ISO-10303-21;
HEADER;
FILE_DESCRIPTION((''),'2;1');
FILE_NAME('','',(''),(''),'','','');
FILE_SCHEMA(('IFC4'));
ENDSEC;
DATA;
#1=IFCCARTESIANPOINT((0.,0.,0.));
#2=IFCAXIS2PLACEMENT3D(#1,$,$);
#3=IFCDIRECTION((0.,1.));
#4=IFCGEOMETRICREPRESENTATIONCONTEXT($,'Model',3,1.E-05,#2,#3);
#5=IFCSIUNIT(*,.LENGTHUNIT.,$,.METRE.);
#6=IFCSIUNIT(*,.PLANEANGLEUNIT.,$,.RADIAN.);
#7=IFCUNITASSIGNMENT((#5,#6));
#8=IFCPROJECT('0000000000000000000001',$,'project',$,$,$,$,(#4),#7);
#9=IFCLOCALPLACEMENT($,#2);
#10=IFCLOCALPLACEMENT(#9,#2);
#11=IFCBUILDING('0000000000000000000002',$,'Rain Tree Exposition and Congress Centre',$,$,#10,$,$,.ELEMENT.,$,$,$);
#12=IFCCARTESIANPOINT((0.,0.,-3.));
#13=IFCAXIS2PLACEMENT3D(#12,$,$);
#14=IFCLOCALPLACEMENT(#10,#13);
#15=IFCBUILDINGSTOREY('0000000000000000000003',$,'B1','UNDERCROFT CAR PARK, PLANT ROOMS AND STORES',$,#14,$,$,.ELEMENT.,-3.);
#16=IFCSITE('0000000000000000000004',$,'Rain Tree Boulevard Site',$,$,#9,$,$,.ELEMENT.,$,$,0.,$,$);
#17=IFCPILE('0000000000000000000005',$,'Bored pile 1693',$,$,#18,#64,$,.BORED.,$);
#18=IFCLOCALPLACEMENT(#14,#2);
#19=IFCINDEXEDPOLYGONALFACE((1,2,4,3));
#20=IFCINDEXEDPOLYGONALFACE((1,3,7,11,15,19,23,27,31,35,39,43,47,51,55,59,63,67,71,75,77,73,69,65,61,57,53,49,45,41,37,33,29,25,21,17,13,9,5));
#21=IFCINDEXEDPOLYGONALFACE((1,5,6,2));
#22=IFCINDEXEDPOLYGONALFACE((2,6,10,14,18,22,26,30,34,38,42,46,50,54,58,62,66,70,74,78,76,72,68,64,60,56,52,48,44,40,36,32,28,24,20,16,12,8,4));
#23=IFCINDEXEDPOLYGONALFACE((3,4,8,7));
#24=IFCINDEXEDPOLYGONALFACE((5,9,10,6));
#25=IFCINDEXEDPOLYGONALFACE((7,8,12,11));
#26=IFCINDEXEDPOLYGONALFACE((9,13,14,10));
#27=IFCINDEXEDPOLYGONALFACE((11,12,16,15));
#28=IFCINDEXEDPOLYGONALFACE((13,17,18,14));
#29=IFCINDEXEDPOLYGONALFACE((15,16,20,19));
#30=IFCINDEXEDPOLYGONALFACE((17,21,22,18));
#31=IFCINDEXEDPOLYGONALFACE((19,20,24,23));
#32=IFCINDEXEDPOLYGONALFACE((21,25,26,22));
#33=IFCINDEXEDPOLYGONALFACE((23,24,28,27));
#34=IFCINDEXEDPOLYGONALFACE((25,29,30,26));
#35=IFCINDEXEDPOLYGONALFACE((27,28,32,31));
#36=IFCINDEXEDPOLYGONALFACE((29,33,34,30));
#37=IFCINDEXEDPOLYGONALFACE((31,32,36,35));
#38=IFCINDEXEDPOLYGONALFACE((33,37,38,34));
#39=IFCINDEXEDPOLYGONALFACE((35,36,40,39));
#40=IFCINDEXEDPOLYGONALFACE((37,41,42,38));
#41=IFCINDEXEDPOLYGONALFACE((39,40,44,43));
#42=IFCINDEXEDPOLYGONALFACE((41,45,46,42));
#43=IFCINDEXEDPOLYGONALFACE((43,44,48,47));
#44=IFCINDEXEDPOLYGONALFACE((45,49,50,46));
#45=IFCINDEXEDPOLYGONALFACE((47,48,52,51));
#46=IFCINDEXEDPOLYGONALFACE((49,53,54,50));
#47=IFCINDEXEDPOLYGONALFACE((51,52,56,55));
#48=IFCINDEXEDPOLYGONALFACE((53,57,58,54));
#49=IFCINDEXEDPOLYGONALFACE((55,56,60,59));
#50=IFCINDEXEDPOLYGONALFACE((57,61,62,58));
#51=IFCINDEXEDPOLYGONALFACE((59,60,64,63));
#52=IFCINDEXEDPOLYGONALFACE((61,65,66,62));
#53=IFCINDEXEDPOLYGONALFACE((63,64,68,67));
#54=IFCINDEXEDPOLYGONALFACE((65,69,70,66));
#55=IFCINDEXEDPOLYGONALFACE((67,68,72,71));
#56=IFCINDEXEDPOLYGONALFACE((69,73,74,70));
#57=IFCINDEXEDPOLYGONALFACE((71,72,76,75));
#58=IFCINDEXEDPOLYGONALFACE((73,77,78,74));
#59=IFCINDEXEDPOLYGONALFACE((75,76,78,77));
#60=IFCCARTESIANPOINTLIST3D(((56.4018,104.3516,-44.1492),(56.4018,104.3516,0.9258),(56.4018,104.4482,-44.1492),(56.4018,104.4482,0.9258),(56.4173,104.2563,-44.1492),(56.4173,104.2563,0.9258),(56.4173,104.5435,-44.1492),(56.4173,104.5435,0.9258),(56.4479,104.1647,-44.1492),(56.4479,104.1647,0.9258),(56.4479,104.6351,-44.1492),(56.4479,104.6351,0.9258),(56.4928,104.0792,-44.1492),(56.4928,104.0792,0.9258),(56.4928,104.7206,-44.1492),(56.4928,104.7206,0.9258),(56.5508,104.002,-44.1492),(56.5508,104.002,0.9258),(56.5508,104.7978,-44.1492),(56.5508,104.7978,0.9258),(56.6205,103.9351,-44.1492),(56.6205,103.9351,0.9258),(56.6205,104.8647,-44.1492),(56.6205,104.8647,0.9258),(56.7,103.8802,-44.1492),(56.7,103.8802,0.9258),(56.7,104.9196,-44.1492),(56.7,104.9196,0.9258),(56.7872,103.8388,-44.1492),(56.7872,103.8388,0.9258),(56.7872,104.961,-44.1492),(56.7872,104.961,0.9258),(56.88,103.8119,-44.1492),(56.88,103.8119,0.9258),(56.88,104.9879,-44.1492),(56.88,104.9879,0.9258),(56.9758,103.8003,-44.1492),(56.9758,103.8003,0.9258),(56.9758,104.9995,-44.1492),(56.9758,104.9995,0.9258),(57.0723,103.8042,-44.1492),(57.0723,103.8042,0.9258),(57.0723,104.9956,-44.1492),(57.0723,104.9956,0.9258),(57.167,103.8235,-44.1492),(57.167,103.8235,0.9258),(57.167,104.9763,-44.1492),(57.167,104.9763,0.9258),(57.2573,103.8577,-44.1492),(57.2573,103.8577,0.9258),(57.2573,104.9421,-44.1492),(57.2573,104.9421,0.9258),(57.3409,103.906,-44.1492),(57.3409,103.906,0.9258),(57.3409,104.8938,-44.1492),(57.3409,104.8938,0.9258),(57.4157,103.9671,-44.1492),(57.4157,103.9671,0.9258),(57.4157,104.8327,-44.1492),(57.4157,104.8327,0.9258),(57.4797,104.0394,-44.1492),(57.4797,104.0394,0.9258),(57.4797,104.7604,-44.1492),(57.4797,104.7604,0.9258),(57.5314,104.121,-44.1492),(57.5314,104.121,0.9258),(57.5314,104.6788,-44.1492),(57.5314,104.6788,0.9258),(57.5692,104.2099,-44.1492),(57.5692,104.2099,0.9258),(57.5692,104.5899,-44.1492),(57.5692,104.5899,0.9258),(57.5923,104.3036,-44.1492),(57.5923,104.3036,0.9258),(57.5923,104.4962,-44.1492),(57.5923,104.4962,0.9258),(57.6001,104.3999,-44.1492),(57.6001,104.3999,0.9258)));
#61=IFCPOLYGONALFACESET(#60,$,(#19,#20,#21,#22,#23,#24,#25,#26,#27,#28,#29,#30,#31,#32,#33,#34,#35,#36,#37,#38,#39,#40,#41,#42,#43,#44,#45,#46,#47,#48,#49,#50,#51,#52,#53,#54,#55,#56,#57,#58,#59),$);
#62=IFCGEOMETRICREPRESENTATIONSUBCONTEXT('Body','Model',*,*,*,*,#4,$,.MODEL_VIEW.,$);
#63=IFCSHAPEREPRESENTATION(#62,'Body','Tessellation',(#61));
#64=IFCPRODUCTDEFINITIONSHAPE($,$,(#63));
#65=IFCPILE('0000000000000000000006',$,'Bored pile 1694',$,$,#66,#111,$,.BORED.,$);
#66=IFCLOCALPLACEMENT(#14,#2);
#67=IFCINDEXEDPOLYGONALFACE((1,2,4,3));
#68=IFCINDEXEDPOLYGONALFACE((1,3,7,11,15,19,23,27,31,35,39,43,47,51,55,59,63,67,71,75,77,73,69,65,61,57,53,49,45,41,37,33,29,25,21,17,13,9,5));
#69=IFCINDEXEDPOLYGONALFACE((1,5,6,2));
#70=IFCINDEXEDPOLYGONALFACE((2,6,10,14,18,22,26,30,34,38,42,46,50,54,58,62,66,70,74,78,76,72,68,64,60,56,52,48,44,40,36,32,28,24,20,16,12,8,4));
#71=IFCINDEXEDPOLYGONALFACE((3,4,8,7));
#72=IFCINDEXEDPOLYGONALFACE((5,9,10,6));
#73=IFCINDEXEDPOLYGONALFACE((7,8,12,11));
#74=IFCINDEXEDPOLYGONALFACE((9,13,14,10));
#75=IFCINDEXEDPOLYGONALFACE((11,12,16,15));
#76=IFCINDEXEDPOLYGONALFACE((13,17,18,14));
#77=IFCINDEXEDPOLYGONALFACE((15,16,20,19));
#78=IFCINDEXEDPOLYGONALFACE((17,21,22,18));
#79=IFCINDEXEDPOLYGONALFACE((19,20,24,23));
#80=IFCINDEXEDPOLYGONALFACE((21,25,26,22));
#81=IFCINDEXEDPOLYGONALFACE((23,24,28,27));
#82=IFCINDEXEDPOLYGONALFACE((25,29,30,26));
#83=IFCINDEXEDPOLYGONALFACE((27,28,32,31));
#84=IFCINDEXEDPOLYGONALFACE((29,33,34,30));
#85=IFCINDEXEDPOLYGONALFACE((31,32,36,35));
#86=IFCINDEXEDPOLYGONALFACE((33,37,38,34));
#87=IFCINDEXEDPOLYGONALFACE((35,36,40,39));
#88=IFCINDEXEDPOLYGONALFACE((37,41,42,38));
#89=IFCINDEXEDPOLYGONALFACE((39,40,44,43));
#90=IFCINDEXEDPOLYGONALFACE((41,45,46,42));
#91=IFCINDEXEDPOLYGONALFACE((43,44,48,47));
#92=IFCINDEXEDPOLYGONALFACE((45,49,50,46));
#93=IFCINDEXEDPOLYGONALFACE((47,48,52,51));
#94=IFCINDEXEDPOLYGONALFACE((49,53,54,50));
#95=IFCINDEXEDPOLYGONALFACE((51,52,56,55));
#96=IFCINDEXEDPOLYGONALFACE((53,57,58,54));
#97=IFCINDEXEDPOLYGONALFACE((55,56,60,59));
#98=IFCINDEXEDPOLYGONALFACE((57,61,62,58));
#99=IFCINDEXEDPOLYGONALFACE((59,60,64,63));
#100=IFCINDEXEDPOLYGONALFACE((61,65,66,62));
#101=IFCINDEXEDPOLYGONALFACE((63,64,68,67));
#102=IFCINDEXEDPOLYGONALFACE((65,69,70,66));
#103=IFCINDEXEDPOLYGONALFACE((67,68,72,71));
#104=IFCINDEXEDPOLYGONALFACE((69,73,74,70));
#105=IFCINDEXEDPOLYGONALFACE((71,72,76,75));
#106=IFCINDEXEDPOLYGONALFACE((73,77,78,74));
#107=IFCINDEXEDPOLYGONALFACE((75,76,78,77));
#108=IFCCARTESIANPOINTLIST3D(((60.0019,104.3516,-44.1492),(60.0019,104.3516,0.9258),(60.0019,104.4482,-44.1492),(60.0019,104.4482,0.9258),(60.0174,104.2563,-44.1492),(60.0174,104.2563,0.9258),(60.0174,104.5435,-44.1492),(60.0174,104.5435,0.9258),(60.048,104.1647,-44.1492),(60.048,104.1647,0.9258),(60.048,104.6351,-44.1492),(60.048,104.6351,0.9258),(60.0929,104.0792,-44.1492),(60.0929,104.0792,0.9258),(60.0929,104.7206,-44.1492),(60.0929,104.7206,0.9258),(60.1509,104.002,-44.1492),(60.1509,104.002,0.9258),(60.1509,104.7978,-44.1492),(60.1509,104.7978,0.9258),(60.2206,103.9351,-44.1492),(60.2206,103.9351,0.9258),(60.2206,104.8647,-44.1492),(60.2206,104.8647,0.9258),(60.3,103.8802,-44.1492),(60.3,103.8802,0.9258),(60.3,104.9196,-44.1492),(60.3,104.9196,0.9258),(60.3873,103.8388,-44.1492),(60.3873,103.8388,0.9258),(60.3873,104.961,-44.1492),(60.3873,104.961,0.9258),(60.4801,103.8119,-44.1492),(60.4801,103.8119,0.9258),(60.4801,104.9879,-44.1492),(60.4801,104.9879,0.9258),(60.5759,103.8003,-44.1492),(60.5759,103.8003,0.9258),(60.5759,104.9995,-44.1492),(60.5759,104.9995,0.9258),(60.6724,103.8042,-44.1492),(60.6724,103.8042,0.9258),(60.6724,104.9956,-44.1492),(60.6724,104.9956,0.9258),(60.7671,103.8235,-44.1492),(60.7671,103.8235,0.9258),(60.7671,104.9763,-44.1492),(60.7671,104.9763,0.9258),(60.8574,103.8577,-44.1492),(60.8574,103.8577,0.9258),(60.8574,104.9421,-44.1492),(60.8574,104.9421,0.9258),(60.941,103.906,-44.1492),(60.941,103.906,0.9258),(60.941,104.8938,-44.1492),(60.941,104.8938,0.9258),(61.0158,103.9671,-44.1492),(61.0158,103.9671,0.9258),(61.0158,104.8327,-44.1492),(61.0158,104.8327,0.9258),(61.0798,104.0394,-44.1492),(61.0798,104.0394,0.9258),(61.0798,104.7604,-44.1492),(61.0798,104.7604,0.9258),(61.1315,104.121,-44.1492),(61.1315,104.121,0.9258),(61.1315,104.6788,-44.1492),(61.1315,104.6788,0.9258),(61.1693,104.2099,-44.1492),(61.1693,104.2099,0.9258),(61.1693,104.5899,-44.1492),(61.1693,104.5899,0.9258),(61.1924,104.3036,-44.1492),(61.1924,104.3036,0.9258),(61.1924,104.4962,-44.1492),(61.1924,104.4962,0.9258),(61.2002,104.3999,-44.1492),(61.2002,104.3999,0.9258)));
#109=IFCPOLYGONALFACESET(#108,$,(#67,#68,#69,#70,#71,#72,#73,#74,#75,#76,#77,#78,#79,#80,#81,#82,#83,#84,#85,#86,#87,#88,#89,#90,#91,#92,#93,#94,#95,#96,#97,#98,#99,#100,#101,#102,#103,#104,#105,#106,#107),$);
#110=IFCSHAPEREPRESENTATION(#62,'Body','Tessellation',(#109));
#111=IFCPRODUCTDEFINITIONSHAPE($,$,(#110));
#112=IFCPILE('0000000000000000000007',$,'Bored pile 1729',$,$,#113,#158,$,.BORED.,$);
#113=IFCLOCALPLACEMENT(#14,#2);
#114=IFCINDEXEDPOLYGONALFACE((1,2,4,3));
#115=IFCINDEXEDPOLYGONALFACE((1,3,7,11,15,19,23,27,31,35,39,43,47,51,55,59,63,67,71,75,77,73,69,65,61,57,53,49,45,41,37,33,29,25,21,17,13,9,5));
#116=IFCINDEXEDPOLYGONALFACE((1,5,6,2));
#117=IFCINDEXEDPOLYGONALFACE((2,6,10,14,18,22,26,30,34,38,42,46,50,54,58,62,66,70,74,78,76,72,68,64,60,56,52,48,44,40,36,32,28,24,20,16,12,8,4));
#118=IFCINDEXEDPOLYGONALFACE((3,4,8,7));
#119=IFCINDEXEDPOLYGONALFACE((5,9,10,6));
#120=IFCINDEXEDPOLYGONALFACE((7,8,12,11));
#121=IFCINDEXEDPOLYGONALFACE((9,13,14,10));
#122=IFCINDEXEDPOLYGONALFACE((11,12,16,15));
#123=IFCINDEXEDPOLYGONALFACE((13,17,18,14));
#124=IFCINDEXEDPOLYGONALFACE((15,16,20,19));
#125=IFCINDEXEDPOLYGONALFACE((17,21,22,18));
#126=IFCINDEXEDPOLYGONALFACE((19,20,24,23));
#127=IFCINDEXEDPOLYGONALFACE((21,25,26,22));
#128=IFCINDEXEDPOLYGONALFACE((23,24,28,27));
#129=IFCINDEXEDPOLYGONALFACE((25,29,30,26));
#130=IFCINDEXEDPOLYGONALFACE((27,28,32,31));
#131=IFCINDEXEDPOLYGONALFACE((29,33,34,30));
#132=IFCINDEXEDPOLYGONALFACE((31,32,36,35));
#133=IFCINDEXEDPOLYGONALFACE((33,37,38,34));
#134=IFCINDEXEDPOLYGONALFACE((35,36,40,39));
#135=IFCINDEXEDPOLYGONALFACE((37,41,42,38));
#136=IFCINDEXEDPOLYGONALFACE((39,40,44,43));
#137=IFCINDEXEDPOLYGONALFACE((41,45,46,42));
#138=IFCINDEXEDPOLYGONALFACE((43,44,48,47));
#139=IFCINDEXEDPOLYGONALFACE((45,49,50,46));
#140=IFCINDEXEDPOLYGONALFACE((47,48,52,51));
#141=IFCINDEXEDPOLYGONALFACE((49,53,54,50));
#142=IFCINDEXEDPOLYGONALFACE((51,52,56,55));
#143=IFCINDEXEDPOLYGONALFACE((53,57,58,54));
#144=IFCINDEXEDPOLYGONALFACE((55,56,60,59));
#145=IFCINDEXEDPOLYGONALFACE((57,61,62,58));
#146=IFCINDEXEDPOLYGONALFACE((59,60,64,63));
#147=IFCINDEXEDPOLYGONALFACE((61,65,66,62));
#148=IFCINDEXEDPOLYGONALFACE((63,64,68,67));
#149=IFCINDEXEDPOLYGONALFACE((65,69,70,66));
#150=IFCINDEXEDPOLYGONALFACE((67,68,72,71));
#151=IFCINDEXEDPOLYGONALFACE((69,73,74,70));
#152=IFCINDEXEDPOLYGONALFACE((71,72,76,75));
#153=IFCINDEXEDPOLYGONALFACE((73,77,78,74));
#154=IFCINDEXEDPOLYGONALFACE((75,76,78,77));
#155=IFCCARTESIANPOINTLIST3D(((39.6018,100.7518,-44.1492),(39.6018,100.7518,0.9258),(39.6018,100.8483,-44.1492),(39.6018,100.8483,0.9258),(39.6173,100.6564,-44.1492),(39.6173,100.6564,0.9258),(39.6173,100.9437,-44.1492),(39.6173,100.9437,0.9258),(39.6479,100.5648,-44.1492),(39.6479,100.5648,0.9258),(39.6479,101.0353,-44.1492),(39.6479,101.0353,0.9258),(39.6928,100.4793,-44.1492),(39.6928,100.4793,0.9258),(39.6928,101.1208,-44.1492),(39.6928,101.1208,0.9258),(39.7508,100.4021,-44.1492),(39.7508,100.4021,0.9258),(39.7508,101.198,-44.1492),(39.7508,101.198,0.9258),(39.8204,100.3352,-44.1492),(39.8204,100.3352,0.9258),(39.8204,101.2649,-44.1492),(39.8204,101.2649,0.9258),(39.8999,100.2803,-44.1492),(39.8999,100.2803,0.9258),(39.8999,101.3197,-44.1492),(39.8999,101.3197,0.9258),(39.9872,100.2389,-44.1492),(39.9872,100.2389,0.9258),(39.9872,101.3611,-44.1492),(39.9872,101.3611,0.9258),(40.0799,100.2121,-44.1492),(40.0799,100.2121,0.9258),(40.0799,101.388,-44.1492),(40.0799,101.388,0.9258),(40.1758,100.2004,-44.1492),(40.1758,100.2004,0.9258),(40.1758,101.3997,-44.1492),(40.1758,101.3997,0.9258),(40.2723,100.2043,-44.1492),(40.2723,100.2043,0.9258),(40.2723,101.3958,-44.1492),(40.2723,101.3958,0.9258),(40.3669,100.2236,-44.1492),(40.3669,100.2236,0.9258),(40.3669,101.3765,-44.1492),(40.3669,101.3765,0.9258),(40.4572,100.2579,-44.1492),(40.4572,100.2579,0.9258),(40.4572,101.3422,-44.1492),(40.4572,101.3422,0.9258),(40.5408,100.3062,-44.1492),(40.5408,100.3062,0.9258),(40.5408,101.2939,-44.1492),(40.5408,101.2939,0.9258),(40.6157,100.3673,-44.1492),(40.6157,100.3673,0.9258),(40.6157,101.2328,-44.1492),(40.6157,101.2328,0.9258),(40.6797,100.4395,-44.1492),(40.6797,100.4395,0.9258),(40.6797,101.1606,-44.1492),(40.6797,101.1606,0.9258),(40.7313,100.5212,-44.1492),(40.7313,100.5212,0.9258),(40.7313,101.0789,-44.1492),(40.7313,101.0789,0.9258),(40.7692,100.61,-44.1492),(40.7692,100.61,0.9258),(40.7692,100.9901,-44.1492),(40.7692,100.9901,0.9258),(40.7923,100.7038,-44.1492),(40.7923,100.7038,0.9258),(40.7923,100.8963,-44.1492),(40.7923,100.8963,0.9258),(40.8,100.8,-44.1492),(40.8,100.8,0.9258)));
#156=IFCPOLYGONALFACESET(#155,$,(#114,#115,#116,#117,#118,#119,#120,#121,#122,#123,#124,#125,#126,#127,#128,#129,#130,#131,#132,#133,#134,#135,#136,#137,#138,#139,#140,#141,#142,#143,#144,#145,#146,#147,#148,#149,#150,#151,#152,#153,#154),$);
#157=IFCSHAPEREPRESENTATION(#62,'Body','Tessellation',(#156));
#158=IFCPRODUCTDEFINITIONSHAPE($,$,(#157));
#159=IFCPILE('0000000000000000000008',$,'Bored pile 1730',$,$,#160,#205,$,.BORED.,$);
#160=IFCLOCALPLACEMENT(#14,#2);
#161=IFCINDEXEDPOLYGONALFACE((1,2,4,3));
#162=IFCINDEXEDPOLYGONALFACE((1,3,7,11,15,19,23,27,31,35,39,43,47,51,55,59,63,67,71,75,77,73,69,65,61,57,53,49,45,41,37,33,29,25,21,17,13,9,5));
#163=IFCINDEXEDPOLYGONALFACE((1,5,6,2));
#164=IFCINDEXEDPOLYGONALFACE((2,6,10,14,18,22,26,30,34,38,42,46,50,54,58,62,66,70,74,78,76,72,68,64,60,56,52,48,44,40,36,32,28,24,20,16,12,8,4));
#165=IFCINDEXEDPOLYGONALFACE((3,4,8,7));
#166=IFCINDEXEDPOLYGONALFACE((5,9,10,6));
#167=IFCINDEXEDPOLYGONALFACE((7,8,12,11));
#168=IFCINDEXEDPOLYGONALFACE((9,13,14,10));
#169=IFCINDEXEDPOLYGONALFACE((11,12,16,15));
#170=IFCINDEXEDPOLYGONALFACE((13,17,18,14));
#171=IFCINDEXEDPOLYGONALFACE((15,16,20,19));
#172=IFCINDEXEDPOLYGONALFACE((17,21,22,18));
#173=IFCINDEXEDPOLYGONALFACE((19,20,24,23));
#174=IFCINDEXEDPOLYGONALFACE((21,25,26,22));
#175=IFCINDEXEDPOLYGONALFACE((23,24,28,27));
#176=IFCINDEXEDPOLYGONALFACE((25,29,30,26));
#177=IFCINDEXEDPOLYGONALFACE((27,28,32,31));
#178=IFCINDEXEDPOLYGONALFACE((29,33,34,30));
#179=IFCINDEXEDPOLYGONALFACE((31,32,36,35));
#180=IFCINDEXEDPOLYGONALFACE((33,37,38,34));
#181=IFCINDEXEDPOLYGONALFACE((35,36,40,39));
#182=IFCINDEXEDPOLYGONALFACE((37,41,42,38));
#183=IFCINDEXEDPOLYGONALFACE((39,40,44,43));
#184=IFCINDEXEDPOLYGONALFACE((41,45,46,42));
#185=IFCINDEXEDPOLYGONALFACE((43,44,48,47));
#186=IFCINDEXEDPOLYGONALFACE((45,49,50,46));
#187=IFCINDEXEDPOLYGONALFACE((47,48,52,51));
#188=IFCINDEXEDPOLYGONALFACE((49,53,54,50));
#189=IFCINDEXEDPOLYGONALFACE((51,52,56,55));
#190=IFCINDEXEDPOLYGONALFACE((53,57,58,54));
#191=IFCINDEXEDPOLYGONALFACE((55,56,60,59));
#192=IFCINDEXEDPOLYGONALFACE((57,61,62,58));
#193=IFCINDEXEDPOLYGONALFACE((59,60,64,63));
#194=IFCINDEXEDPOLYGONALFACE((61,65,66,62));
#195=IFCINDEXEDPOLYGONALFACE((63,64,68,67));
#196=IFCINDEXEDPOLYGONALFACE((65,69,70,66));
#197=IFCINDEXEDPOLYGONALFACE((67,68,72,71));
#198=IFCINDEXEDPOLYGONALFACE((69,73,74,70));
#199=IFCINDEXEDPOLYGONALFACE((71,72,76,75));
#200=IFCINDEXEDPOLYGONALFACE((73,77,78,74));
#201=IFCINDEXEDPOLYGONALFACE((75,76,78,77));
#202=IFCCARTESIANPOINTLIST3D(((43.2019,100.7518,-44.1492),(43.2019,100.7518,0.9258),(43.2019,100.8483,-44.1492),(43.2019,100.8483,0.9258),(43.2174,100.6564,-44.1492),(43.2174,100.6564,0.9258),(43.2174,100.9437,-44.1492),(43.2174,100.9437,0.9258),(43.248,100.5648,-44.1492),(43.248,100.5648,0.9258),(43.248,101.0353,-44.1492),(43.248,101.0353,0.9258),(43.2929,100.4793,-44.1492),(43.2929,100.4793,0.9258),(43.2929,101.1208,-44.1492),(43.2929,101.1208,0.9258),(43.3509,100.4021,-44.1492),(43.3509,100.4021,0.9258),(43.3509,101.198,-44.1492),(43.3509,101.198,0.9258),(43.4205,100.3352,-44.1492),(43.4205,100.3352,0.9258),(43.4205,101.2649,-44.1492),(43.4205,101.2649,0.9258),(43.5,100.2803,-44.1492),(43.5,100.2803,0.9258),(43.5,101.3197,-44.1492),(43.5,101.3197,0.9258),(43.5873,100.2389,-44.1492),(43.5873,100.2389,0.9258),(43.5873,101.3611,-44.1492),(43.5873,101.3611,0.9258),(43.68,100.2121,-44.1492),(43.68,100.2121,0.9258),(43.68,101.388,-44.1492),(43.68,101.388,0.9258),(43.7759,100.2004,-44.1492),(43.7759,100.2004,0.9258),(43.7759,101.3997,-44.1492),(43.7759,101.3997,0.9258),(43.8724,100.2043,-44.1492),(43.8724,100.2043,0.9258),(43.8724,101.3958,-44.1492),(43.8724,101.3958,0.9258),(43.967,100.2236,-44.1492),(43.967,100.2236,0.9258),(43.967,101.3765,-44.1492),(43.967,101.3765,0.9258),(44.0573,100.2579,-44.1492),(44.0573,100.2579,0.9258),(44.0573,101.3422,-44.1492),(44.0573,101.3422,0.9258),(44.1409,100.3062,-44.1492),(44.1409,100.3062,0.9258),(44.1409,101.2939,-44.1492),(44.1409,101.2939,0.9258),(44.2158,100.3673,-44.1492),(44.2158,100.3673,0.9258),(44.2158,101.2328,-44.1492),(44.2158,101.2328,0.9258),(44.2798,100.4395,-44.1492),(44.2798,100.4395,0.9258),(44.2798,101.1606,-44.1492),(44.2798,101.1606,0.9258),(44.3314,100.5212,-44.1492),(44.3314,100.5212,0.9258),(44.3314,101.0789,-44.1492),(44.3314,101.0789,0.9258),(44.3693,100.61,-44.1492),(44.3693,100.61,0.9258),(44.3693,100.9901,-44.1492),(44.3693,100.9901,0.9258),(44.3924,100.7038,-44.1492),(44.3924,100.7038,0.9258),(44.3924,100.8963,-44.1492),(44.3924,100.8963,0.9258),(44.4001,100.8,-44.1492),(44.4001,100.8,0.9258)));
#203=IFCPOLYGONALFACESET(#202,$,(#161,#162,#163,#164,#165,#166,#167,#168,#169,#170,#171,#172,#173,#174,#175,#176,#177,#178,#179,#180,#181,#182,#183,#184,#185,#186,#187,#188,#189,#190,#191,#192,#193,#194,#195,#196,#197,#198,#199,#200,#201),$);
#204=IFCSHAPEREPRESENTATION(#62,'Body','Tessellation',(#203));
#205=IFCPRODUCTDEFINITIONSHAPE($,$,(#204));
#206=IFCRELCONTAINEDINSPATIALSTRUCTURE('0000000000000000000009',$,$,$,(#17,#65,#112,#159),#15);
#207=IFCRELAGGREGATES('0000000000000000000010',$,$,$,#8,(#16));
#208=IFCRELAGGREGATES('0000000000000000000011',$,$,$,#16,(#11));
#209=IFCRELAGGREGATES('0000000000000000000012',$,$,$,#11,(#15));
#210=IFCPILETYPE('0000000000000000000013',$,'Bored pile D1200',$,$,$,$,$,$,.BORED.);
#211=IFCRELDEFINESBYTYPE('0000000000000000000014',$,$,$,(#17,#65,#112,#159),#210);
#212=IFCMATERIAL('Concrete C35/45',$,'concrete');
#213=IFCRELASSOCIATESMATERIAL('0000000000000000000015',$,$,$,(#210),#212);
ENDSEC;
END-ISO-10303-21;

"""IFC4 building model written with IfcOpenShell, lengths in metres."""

from ifc_helpers import new_model, si_unit, direction, frame, origin, origin_2d, place, context, subcontext, project, spatial, circle, extrude, material, material_profile, profile_set, type_object, element, save


model = new_model("IFC4")

# Units and contexts
model_context = context("Model", 3, precision=1e-05, world=origin(), true_north=direction((0.0, 1.0)))
body_context = subcontext(model_context, "Body", "Model", "MODEL_VIEW")
ifc_project = project(units=[si_unit("LENGTHUNIT", "METRE"), si_unit("PLANEANGLEUNIT", "RADIAN")], contexts=[model_context])

# Site, building, storey
site_placement = place(None, origin())
site = spatial("IfcSite", under=ifc_project, at=site_placement, Name="Rain Tree Boulevard Site", CompositionType="ELEMENT", RefElevation=0.0)
building_placement = place(site_placement, origin())
building = spatial("IfcBuilding", under=site, at=building_placement, Name="Rain Tree Exposition and Congress Centre", CompositionType="ELEMENT")
storey_placement = place(building_placement, frame((0.0, 0.0, -3.0)))
storey = spatial("IfcBuildingStorey", under=building, at=storey_placement, Name="B1", Description="UNDERCROFT CAR PARK, PLANT ROOMS AND STORES", CompositionType="ELEMENT", Elevation=-3.0)

# Piles
ifc_material_1 = material(Name="Concrete C35/45", Category="concrete")
ifc_material_profile_1 = material_profile(ifc_material_1, circle(Radius=0.6001, at=origin_2d()), Name="D1200")
ifc_profile_set_1 = profile_set([ifc_material_profile_1], Name="Concrete C35/45")
pile_type_1 = type_object("IfcPileType", Name="Bored pile D1200", PredefinedType="BORED", material=ifc_profile_set_1)
for number, where, z_axis, x_axis, name in (
    (1, (57.0, 104.3999, 0.9258), (0.0, 0.0, -1.0), (1.0, 0.0, 0.0), "Bored pile 1693"),
    (2, (60.6001, 104.3999, 0.9258), (0.0, 0.0, -1.0), (1.0, 0.0, 0.0), "Bored pile 1694"),
    (3, (40.2, 100.8, 0.9258), (0.0, 0.0, -1.0), (1.0, 0.0, 0.0), "Bored pile 1729"),
    (4, (43.8, 100.8, 0.9258), (0.0, 0.0, -1.0), (1.0, 0.0, 0.0), "Bored pile 1730"),
):
    element("IfcPile", number, at=place(storey_placement, frame(where, z_axis=z_axis, x_axis=x_axis)), inside=storey, type_object=pile_type_1, Name=name, PredefinedType="BORED", context=body_context, shape_type="SweptSolid", body=[
        extrude(circle(Radius=0.6001, at=origin_2d()), origin(), (0.0, 0.0, 1.0), 45.075),
    ])

save(model, "model.ifc")
